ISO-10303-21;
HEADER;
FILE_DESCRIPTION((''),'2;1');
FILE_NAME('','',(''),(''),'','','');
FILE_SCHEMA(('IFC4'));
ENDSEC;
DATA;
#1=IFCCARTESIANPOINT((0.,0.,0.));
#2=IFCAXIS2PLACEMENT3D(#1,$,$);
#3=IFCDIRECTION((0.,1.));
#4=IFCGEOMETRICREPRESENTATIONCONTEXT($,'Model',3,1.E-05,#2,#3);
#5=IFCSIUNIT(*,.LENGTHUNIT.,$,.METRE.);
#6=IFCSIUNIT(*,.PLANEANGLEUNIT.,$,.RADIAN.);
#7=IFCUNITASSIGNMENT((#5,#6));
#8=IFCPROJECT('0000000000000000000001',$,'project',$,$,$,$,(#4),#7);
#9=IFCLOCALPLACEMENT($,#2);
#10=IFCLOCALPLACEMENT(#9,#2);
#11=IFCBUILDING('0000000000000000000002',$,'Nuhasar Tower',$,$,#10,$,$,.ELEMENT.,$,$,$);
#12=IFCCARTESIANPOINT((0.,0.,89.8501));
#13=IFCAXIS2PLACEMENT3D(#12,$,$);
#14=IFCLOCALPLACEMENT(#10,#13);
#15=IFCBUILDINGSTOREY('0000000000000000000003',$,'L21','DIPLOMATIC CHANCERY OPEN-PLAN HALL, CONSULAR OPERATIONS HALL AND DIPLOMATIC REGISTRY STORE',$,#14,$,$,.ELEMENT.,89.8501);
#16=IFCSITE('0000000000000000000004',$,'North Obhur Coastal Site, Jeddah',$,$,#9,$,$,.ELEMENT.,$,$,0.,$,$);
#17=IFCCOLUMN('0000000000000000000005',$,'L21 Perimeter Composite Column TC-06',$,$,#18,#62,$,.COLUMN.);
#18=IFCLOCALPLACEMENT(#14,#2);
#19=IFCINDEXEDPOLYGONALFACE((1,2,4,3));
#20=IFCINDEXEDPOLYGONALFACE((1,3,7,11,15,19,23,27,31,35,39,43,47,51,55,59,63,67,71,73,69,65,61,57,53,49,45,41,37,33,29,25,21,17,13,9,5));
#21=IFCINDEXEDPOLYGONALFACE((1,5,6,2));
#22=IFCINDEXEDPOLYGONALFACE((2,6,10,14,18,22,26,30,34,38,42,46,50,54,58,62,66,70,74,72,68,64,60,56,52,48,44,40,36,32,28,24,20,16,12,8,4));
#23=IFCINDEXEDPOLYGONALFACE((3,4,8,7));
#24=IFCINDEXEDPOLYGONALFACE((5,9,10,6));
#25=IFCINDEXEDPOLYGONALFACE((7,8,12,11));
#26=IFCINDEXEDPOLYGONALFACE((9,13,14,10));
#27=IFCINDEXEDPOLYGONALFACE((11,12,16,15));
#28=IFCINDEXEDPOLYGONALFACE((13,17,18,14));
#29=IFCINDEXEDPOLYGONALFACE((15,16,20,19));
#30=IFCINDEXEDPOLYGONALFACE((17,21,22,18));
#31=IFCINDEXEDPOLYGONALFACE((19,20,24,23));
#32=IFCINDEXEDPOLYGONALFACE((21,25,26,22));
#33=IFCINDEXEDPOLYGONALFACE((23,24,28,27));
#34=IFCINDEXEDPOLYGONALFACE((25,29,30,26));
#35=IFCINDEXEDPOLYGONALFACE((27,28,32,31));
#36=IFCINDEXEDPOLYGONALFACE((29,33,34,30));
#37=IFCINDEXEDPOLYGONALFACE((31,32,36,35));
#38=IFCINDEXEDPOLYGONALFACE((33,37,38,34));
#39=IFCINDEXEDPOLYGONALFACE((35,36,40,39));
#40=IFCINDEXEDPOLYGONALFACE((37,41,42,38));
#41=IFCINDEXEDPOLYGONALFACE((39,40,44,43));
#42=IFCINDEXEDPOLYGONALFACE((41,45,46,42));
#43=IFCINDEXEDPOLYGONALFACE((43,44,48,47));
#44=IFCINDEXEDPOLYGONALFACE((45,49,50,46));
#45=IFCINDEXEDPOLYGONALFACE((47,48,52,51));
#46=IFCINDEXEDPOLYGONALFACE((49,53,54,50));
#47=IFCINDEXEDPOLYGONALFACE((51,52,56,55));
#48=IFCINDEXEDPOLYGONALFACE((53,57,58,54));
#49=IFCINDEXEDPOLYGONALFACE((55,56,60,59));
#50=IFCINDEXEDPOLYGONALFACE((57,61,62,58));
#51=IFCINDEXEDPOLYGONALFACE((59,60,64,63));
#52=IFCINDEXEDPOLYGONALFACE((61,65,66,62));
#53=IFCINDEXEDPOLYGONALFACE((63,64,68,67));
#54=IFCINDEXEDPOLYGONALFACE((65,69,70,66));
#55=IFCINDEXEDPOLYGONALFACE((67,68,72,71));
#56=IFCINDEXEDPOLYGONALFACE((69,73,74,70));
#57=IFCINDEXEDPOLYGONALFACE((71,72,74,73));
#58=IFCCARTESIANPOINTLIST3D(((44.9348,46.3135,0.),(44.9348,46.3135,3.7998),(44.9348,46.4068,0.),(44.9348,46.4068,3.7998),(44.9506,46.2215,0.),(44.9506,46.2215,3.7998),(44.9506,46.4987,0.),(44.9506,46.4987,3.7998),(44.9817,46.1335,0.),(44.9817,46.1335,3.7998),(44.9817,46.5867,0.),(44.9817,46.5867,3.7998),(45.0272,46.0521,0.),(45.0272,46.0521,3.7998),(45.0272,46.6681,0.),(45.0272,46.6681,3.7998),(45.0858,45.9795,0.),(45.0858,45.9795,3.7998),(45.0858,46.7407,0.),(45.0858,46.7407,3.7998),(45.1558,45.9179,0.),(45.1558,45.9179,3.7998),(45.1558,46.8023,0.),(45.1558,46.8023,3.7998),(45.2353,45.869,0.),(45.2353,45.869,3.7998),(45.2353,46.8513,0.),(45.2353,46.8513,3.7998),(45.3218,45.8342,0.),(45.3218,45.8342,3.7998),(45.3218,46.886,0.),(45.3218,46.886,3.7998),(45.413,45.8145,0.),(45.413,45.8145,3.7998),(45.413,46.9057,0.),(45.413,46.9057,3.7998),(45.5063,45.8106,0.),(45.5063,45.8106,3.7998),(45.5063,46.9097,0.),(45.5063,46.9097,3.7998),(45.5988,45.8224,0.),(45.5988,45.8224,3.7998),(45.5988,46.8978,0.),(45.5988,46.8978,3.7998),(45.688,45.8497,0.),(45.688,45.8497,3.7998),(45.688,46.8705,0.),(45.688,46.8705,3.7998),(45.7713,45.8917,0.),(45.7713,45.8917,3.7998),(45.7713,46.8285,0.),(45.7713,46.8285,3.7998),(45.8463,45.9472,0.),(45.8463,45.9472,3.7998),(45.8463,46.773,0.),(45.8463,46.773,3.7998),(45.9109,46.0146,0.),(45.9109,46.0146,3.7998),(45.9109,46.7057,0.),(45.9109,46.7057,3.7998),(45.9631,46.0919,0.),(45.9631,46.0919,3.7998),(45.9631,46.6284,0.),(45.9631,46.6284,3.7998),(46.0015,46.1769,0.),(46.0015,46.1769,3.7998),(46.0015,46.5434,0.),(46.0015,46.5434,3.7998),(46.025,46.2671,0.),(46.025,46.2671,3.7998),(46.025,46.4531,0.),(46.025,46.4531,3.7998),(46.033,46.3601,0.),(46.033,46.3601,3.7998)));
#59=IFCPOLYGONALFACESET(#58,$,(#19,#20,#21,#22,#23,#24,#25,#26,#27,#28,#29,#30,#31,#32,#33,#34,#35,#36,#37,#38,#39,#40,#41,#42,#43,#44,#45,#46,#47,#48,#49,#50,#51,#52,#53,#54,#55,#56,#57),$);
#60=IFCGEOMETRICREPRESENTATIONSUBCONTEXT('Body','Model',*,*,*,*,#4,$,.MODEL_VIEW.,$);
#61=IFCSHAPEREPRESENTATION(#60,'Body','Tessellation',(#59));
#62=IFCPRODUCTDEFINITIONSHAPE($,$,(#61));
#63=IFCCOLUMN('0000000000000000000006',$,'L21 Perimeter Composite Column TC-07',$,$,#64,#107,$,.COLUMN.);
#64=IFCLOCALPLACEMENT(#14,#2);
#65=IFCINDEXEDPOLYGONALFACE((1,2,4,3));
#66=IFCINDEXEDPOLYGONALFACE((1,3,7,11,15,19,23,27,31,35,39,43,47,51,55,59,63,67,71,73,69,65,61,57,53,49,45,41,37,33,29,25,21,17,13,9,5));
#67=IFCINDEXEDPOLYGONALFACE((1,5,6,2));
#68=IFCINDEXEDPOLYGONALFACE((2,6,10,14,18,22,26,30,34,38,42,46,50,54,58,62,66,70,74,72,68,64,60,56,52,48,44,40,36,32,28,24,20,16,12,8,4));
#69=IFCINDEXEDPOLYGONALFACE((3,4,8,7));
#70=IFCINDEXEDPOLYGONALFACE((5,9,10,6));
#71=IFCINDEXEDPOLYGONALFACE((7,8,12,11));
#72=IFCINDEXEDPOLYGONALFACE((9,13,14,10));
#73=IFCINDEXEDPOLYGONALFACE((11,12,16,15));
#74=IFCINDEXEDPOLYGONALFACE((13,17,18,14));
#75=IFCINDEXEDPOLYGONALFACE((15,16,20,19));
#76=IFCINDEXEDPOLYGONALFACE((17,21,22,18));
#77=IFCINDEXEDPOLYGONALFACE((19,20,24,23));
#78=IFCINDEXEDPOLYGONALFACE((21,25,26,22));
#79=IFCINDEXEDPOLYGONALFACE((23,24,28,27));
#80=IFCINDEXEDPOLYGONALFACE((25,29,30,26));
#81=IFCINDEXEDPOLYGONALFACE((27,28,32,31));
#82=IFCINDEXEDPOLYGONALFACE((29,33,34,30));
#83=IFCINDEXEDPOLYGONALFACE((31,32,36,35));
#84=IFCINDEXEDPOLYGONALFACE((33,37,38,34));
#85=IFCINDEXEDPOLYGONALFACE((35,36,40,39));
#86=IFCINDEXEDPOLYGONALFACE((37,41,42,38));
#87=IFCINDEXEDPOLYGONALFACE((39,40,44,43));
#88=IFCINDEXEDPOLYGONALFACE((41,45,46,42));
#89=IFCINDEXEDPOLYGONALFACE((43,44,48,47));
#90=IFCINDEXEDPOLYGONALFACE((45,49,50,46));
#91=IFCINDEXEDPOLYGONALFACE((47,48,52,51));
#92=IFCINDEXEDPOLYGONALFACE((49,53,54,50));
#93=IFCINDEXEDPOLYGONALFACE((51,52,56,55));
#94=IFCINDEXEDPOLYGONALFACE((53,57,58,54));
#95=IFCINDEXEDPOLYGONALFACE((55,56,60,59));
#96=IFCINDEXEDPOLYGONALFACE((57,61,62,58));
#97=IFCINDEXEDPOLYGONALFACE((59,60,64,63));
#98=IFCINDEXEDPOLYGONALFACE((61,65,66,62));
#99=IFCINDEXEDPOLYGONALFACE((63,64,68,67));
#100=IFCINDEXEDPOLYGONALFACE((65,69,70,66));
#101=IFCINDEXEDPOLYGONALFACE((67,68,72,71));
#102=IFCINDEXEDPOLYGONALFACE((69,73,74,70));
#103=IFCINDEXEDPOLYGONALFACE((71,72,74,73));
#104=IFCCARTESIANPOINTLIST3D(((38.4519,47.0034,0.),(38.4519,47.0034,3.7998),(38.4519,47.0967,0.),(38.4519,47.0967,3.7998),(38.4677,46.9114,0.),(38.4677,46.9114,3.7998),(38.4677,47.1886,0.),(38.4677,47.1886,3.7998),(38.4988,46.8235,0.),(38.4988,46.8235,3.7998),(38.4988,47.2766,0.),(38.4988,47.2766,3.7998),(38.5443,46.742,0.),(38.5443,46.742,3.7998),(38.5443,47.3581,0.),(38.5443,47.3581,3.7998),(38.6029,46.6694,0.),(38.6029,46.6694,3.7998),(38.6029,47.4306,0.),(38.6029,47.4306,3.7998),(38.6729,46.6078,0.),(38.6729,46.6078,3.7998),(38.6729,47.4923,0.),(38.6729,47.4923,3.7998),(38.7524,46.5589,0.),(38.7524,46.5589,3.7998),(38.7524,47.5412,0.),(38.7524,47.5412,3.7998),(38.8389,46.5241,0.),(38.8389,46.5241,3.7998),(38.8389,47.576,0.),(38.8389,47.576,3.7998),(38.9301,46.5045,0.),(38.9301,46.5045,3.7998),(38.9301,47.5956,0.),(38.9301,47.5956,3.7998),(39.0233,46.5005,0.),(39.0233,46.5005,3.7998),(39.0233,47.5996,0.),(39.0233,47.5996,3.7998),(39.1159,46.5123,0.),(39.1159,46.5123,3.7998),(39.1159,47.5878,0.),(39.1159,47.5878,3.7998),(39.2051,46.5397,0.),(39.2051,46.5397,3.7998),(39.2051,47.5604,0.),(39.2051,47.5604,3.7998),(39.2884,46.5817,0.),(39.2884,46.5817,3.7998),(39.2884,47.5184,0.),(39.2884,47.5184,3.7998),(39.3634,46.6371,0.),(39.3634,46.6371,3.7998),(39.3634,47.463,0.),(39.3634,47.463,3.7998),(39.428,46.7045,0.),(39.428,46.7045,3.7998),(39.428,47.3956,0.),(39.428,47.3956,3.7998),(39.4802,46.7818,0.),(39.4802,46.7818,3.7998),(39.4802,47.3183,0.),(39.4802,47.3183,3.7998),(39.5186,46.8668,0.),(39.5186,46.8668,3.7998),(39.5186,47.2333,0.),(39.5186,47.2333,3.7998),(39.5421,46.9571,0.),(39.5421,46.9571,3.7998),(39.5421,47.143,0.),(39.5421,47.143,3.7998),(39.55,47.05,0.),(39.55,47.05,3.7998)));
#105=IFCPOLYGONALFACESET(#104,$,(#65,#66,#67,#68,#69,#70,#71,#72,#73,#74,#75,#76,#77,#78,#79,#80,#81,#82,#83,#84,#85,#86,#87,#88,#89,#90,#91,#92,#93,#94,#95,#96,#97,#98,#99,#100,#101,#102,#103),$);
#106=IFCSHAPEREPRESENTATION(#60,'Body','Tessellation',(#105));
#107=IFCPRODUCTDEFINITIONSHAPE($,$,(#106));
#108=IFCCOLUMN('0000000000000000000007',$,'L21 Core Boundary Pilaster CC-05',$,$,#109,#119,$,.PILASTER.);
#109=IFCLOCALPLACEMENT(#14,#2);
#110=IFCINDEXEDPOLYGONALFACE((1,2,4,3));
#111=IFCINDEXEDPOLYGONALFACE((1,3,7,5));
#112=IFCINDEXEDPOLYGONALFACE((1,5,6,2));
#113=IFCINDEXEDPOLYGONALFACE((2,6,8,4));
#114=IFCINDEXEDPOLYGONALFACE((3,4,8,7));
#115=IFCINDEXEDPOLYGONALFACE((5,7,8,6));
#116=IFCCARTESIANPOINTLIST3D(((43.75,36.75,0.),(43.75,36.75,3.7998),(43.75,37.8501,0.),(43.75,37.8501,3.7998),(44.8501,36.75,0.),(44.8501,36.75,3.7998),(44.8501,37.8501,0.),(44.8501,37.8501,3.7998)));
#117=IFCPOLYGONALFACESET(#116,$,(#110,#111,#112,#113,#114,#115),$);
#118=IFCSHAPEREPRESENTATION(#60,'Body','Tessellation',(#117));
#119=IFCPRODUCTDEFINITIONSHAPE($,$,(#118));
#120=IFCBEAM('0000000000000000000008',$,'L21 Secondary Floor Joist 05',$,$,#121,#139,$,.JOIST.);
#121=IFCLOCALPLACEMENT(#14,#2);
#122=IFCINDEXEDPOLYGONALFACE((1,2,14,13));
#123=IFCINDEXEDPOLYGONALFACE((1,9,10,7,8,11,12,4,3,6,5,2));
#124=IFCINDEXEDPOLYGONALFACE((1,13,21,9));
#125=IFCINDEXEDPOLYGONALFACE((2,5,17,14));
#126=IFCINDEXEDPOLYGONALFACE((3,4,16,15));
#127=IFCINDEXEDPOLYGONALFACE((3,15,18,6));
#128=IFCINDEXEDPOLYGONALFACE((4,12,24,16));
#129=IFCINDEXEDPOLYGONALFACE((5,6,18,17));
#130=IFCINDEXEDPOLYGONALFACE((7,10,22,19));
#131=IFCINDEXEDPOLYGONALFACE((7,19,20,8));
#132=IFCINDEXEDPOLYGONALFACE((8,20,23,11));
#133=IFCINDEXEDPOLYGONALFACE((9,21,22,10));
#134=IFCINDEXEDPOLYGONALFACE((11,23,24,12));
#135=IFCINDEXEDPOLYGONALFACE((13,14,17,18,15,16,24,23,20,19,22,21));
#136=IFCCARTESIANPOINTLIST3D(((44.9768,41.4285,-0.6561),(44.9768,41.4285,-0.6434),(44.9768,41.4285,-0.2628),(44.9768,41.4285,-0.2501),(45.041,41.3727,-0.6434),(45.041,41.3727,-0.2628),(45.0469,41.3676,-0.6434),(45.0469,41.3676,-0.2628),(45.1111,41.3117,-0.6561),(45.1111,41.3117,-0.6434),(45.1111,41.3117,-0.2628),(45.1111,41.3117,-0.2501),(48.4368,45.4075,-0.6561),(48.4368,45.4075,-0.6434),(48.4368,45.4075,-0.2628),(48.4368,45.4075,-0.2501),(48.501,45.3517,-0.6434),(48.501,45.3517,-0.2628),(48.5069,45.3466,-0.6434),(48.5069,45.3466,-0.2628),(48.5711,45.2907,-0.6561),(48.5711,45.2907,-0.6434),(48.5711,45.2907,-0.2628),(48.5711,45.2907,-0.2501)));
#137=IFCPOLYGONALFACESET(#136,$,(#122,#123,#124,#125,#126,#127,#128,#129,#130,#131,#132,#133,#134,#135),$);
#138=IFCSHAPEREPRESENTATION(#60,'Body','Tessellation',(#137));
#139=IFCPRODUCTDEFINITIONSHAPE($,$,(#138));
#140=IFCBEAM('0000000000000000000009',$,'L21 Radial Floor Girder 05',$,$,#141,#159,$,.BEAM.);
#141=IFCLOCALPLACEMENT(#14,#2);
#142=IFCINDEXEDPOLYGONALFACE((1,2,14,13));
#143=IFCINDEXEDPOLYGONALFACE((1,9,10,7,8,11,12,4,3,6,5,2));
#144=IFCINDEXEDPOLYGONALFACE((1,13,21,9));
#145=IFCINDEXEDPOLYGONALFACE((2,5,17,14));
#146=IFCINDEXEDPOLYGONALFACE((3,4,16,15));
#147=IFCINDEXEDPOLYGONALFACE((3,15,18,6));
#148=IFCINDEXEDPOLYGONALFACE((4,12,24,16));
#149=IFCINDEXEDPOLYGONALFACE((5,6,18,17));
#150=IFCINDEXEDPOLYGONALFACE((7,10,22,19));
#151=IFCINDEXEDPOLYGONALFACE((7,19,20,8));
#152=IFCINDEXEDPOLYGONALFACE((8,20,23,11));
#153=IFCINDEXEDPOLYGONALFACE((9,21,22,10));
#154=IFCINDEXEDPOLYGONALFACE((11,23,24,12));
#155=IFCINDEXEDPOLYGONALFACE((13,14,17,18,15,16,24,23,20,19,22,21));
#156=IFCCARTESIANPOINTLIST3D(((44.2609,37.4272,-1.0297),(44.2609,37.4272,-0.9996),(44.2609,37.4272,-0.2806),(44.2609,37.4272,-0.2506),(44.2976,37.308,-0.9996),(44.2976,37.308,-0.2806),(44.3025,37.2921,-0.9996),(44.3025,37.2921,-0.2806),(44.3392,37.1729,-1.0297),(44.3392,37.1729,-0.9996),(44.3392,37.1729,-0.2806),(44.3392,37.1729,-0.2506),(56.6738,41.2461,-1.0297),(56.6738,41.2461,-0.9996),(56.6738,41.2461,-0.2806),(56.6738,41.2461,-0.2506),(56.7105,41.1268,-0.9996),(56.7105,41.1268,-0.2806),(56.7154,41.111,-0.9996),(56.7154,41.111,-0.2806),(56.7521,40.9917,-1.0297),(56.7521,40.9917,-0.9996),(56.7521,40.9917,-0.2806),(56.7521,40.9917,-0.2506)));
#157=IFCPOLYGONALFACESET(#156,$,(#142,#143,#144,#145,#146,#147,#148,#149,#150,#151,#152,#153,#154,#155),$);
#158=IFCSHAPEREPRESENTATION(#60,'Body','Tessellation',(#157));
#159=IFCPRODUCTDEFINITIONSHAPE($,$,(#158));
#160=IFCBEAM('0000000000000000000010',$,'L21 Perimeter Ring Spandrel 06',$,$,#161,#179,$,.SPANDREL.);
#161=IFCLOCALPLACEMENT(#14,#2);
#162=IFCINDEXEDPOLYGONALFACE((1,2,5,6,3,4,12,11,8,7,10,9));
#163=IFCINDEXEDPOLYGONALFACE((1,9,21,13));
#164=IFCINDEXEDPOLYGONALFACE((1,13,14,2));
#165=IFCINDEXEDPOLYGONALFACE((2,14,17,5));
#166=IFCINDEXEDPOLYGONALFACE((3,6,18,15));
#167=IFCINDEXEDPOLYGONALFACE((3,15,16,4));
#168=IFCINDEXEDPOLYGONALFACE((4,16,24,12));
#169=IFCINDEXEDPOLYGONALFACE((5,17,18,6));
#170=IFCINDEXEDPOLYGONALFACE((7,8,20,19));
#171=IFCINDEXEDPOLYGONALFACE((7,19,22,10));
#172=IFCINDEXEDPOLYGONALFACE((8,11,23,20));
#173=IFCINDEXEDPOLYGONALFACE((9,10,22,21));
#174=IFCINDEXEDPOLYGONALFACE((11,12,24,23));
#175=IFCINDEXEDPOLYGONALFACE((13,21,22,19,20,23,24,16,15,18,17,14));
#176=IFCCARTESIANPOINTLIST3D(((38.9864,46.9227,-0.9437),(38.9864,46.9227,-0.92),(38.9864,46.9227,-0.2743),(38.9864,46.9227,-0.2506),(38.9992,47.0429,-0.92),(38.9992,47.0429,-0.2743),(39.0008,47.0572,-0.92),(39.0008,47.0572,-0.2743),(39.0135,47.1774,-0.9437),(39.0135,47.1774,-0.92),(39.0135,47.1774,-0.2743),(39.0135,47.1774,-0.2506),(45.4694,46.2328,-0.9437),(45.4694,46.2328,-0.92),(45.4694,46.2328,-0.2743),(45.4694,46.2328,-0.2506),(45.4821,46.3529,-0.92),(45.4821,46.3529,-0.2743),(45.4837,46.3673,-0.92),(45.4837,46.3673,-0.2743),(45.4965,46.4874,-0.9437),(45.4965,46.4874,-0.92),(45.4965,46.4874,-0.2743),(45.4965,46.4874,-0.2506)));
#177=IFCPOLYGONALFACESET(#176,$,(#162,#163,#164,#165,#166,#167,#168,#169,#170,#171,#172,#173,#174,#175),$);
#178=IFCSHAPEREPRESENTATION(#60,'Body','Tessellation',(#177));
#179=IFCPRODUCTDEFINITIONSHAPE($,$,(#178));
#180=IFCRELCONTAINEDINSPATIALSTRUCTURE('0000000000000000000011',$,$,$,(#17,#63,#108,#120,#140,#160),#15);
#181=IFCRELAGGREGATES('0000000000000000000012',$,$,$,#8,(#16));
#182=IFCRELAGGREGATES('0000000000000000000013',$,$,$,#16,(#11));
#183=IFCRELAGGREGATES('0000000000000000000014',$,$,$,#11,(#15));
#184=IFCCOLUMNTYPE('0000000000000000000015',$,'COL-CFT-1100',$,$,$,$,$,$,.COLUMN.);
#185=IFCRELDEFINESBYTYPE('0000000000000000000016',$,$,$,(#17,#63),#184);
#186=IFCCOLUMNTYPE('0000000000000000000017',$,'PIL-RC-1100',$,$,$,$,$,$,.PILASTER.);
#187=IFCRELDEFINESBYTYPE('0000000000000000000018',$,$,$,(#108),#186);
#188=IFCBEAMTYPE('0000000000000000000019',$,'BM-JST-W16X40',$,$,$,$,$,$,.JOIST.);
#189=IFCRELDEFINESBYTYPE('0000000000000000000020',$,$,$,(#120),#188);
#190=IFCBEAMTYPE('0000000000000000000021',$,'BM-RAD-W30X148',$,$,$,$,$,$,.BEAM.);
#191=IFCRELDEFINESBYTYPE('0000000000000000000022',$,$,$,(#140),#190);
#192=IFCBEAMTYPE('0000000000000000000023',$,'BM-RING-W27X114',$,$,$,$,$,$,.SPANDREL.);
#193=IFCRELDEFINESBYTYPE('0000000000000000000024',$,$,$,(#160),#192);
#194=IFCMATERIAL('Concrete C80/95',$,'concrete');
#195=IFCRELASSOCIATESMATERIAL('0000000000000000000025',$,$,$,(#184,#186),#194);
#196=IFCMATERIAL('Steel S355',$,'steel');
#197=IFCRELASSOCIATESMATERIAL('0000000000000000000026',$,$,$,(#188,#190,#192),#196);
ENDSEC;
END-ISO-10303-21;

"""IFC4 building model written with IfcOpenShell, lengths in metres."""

from ifc_helpers import new_model, si_unit, direction, frame, origin, origin_2d, place, context, subcontext, project, spatial, rectangle, circle, i_section, extrude, material, material_profile, profile_set, type_object, element, save


model = new_model("IFC4")

# Units and contexts
model_context = context("Model", 3, precision=1e-05, world=origin(), true_north=direction((0.0, 1.0)))
body_context = subcontext(model_context, "Body", "Model", "MODEL_VIEW")
ifc_project = project(units=[si_unit("LENGTHUNIT", "METRE"), si_unit("PLANEANGLEUNIT", "RADIAN")], contexts=[model_context])

# Site, building, storey
site_placement = place(None, origin())
site = spatial("IfcSite", under=ifc_project, at=site_placement, Name="North Obhur Coastal Site, Jeddah", CompositionType="ELEMENT", RefElevation=0.0)
building_placement = place(site_placement, origin())
building = spatial("IfcBuilding", under=site, at=building_placement, Name="Nuhasar Tower", CompositionType="ELEMENT")
storey_placement = place(building_placement, frame((0.0, 0.0, 89.8501)))
storey = spatial("IfcBuildingStorey", under=building, at=storey_placement, Name="L21", Description="DIPLOMATIC CHANCERY OPEN-PLAN HALL, CONSULAR OPERATIONS HALL AND DIPLOMATIC REGISTRY STORE", CompositionType="ELEMENT", Elevation=89.8501)

# Columns
ifc_material_1 = material(Name="Concrete C80/95", Category="concrete")
ifc_material_profile_1 = material_profile(ifc_material_1, circle(Radius=0.55, at=origin_2d()), Name="CFT1100")
ifc_profile_set_1 = profile_set([ifc_material_profile_1], Name="Concrete C80/95")
column_type_1 = type_object("IfcColumnType", Name="COL-CFT-1100", PredefinedType="COLUMN", material=ifc_profile_set_1)
for number, where, z_axis, x_axis, name in (
    (1, (45.4829, 46.3601, 0.0), (0.0, 0.0, 1.0), (1.0, 0.0, 0.0), "L21 Perimeter Composite Column TC-06"),
    (2, (39.0, 47.05, 0.0), (0.0, 0.0, 1.0), (1.0, 0.0, 0.0), "L21 Perimeter Composite Column TC-07"),
):
    element("IfcColumn", number, at=place(storey_placement, frame(where, z_axis=z_axis, x_axis=x_axis)), inside=storey, type_object=column_type_1, Name=name, PredefinedType="COLUMN", context=body_context, shape_type="SweptSolid", body=[
        extrude(circle(Radius=0.55, at=origin_2d()), origin(), (0.0, 0.0, 1.0), 3.7998),
    ])
ifc_material_profile_2 = material_profile(ifc_material_1, rectangle(XDim=1.1001, YDim=1.1001, at=origin_2d()), Name="RC1100X1100")
ifc_profile_set_2 = profile_set([ifc_material_profile_2], Name="Concrete C80/95")
column_type_2 = type_object("IfcColumnType", Name="PIL-RC-1100", PredefinedType="PILASTER", material=ifc_profile_set_2)
column_placement = place(storey_placement, frame((44.3, 37.3, 0.0), z_axis=(0.0, 0.0, 1.0), x_axis=(1.0, 0.0, 0.0)))
element("IfcColumn", 3, at=column_placement, inside=storey, type_object=column_type_2, Name="L21 Core Boundary Pilaster CC-05", PredefinedType="PILASTER", context=body_context, shape_type="SweptSolid", body=[
    extrude(rectangle(XDim=1.1001, YDim=1.1001, at=origin_2d()), origin(), (0.0, 0.0, 1.0), 3.7998),
])

# Beams
ifc_material_2 = material(Name="Steel S355", Category="steel")
ifc_material_profile_3 = material_profile(ifc_material_2, i_section(OverallWidth=0.178, OverallDepth=0.406, WebThickness=0.0078, FlangeThickness=0.0127, at=origin_2d()), Name="W16X40")
ifc_profile_set_3 = profile_set([ifc_material_profile_3], Name="Steel S355")
beam_type_1 = type_object("IfcBeamType", Name="BM-JST-W16X40", PredefinedType="JOIST", material=ifc_profile_set_3)
beam_1_placement = place(storey_placement, frame((45.0439, 41.3701, -0.4531), z_axis=(0.656174, 0.75461, 0.0), x_axis=(-0.75461, 0.656174, 0.0)))
element("IfcBeam", 4, at=beam_1_placement, inside=storey, type_object=beam_type_1, Name="L21 Secondary Floor Joist 05", PredefinedType="JOIST", context=body_context, shape_type="SweptSolid", body=[
    extrude(i_section(OverallWidth=0.178, OverallDepth=0.406, WebThickness=0.0078, FlangeThickness=0.0127, at=origin_2d()), origin(), (0.0, 0.0, 1.0), 5.2729),
])
ifc_material_profile_4 = material_profile(ifc_material_2, i_section(OverallWidth=0.2661, OverallDepth=0.7791, WebThickness=0.0166, FlangeThickness=0.03, at=origin_2d()), Name="W30X148")
ifc_profile_set_4 = profile_set([ifc_material_profile_4], Name="Steel S355")
beam_type_2 = type_object("IfcBeamType", Name="BM-RAD-W30X148", PredefinedType="BEAM", material=ifc_profile_set_4)
beam_2_placement = place(storey_placement, frame((44.3, 37.3, -0.6401), z_axis=(0.95579, 0.294052, 0.0), x_axis=(-0.294052, 0.95579, 0.0)))
element("IfcBeam", 5, at=beam_2_placement, inside=storey, type_object=beam_type_2, Name="L21 Radial Floor Girder 05", PredefinedType="BEAM", context=body_context, shape_type="SweptSolid", body=[
    extrude(i_section(OverallWidth=0.2661, OverallDepth=0.7791, WebThickness=0.0166, FlangeThickness=0.03, at=origin_2d()), origin(), (0.0, 0.0, 1.0), 12.9871),
])
ifc_material_profile_5 = material_profile(ifc_material_2, i_section(OverallWidth=0.2561, OverallDepth=0.6931, WebThickness=0.0144, FlangeThickness=0.0237, at=origin_2d()), Name="W27X114")
ifc_profile_set_5 = profile_set([ifc_material_profile_5], Name="Steel S355")
beam_type_3 = type_object("IfcBeamType", Name="BM-RING-W27X114", PredefinedType="SPANDREL", material=ifc_profile_set_5)
for number, where, z_axis, x_axis, name in (
    (6, (45.4829, 46.3601, -0.5972), (-0.994385, 0.105827, 0.0), (-0.105827, -0.994385, 0.0), "L21 Perimeter Ring Spandrel 06"),
):
    element("IfcBeam", number, at=place(storey_placement, frame(where, z_axis=z_axis, x_axis=x_axis)), inside=storey, type_object=beam_type_3, Name=name, PredefinedType="SPANDREL", context=body_context, shape_type="SweptSolid", body=[
        extrude(i_section(OverallWidth=0.2561, OverallDepth=0.6931, WebThickness=0.0144, FlangeThickness=0.0237, at=origin_2d()), origin(), (0.0, 0.0, 1.0), 6.5195),
    ])

save(model, "model.ifc")
